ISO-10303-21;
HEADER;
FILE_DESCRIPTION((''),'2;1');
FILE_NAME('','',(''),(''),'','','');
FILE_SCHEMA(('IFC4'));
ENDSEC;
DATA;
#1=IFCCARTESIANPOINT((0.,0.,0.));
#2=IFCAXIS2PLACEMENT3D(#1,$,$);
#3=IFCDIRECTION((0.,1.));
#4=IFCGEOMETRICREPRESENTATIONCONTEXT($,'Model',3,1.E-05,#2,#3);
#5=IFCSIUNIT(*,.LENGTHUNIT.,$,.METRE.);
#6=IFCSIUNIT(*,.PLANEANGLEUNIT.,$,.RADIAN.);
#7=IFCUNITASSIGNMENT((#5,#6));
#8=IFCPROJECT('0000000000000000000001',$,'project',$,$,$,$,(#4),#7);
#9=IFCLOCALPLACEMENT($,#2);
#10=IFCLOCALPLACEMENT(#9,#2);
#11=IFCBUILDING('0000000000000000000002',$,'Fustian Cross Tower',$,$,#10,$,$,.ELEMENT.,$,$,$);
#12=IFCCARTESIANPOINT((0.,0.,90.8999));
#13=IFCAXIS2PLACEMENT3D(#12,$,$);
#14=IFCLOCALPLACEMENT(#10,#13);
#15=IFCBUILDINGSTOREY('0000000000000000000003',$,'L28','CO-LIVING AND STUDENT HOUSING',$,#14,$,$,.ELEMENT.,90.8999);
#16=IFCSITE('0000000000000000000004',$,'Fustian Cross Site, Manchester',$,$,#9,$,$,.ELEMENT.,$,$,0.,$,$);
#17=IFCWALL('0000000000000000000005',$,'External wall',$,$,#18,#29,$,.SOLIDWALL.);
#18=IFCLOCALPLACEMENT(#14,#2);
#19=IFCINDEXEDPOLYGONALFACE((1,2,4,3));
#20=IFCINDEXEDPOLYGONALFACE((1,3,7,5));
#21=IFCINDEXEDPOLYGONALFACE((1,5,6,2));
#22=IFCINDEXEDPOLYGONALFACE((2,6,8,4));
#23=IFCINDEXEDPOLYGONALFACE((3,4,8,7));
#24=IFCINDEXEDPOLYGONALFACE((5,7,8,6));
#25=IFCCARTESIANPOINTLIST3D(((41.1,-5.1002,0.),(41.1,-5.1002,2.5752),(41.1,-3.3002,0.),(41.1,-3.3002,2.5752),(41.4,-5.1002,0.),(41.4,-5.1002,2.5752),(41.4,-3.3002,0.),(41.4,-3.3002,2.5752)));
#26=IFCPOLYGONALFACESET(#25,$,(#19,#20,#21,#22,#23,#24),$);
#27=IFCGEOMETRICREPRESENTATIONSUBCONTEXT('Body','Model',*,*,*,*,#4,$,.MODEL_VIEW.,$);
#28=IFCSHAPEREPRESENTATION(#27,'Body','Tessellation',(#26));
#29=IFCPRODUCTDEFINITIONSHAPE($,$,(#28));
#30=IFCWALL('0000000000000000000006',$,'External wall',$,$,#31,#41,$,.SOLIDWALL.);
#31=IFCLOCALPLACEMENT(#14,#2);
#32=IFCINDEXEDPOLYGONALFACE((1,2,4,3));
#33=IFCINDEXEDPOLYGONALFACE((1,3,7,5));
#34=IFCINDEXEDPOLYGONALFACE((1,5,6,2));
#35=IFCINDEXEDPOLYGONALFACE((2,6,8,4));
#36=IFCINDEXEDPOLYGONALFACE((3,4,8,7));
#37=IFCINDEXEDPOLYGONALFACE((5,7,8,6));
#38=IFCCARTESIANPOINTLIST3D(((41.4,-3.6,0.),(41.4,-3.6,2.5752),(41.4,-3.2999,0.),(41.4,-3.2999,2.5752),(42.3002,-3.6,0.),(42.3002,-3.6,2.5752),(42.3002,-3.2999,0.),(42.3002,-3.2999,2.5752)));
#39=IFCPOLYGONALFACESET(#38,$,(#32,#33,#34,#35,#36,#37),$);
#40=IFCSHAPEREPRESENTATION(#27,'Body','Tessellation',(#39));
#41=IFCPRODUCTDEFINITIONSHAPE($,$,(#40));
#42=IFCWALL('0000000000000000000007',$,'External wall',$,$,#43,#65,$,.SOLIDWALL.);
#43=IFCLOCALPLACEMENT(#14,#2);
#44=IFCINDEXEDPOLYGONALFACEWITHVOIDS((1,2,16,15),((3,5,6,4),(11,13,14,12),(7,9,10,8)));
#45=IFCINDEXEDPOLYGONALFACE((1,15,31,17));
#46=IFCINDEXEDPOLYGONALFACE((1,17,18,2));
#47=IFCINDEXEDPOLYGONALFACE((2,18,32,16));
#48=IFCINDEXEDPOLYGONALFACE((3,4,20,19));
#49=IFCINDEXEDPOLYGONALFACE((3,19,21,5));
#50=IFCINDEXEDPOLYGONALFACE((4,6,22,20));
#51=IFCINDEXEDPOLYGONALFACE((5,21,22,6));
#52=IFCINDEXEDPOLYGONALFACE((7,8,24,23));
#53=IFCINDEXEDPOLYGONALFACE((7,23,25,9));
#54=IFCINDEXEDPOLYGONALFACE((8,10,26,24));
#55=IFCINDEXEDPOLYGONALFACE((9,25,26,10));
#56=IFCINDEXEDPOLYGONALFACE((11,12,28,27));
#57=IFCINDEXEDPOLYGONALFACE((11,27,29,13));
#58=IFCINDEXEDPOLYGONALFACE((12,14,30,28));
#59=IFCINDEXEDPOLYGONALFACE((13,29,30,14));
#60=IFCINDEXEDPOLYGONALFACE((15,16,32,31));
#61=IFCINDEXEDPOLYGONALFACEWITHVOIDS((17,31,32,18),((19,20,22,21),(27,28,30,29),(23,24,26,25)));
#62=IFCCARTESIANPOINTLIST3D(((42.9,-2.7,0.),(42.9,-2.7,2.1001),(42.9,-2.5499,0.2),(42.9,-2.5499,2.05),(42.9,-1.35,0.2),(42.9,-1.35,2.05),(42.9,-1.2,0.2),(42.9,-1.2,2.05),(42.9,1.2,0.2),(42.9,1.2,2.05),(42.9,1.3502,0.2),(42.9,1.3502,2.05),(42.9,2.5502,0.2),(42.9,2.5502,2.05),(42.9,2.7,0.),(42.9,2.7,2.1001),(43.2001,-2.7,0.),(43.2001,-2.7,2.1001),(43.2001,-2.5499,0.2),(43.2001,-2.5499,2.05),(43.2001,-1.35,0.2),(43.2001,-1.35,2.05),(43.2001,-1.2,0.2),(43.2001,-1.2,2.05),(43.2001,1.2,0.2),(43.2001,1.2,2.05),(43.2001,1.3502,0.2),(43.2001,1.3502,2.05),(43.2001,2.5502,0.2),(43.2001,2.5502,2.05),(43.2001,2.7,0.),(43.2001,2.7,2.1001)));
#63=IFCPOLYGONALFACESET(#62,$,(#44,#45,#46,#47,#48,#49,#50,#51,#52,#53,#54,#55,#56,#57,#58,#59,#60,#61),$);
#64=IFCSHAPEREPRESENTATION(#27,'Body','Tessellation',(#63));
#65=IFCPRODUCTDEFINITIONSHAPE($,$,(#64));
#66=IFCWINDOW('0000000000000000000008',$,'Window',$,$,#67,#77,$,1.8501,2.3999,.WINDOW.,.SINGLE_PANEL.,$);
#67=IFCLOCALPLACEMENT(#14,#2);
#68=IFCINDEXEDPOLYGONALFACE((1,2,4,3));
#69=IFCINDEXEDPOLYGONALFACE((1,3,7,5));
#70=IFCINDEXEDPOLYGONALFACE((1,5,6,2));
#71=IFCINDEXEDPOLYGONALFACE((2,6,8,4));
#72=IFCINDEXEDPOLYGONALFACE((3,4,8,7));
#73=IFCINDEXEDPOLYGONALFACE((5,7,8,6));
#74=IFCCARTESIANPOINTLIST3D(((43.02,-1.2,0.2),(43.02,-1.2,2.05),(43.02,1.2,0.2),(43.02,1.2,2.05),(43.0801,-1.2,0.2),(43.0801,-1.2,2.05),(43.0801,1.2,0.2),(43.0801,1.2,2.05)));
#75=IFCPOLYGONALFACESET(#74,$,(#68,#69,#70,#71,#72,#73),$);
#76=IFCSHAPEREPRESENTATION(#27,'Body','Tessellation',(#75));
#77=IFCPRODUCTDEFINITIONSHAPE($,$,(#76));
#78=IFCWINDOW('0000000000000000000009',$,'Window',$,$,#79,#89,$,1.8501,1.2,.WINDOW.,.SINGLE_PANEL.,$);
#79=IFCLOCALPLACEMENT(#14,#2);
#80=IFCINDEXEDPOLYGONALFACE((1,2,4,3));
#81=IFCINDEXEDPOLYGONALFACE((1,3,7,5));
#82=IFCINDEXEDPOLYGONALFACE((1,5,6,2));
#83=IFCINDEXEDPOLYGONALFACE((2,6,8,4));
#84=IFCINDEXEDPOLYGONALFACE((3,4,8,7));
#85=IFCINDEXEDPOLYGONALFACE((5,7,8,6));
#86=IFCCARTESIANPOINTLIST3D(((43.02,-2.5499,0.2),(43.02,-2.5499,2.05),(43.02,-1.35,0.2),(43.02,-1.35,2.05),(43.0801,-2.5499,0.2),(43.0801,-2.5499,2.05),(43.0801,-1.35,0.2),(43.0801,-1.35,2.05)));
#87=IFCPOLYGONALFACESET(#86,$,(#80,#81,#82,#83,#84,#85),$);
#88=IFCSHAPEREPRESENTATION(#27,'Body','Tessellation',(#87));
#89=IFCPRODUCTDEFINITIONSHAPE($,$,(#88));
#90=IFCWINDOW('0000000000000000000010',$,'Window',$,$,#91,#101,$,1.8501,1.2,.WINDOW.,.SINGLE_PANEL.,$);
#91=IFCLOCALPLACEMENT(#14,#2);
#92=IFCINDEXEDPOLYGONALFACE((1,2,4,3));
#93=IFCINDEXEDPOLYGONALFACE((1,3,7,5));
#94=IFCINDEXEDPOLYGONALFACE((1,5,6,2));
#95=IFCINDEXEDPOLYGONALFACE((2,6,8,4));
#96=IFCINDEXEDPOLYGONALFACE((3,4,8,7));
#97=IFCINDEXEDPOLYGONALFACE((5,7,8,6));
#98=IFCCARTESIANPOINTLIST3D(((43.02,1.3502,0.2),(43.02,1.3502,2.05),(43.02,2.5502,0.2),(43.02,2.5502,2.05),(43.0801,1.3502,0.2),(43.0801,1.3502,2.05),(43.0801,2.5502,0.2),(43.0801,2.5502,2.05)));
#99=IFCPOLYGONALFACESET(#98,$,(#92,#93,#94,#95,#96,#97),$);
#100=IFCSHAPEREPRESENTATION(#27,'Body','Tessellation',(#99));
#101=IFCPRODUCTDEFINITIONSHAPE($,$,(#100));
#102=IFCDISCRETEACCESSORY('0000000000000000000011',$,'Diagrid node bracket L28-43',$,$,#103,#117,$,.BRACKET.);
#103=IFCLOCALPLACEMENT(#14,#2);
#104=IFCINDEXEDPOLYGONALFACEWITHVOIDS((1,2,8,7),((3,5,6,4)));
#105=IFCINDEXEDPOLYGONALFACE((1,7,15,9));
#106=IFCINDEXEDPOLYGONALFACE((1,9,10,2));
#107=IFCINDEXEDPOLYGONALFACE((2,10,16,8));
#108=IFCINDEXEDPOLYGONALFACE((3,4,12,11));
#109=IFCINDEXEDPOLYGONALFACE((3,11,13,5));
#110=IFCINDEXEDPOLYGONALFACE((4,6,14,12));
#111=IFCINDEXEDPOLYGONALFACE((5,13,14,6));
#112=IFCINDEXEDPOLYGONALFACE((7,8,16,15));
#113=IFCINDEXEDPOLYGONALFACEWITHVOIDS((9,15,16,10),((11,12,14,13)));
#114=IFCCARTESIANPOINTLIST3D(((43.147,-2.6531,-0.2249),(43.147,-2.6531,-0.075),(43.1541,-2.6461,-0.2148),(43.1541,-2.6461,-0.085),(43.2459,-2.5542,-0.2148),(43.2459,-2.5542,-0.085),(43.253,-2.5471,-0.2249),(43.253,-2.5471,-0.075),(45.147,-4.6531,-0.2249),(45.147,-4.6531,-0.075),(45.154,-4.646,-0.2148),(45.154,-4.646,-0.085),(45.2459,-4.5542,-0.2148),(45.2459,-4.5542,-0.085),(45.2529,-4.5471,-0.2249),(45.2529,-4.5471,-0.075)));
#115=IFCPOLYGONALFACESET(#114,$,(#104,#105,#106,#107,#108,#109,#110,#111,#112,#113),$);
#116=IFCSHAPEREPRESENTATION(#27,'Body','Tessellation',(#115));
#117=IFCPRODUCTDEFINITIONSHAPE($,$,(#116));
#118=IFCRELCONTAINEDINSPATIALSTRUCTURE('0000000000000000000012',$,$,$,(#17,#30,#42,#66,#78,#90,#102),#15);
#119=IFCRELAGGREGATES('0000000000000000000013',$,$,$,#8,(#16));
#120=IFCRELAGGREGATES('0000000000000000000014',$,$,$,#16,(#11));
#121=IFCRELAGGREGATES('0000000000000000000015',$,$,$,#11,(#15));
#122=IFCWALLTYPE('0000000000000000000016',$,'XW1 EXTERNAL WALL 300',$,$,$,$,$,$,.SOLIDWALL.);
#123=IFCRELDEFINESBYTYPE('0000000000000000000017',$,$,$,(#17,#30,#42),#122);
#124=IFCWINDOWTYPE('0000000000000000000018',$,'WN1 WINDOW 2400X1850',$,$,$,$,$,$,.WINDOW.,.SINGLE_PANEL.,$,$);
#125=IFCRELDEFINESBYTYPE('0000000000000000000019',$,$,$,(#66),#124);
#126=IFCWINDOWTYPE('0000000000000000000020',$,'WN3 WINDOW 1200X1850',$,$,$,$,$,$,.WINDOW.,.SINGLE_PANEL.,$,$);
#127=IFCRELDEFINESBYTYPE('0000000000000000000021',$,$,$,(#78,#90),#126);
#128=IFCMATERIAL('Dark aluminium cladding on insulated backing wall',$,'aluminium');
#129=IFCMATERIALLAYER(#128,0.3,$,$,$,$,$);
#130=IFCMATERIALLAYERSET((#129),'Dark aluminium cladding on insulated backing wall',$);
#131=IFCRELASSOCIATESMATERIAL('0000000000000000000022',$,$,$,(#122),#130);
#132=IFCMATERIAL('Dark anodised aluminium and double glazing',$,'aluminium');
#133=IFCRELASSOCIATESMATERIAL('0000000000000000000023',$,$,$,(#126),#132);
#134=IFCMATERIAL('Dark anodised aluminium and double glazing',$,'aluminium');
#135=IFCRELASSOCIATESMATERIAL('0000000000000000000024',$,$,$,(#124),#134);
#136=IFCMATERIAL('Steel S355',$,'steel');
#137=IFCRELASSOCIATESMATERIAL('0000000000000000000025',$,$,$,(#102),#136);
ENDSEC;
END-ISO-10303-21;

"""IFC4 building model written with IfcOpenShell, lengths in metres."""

from ifc_helpers import new_model, si_unit, direction, frame, frame_2d, origin, origin_2d, place, context, subcontext, project, spatial, rectangle, hollow_rectangle, extrude, material, layer, layer_set, type_object, element, fill, save


model = new_model("IFC4")

# Units and contexts
model_context = context("Model", 3, precision=1e-05, world=origin(), true_north=direction((0.0, 1.0)))
body_context = subcontext(model_context, "Body", "Model", "MODEL_VIEW")
ifc_project = project(units=[si_unit("LENGTHUNIT", "METRE"), si_unit("PLANEANGLEUNIT", "RADIAN")], contexts=[model_context])

# Site, building, storey
site_placement = place(None, origin())
site = spatial("IfcSite", under=ifc_project, at=site_placement, Name="Fustian Cross Site, Manchester", CompositionType="ELEMENT", RefElevation=0.0)
building_placement = place(site_placement, origin())
building = spatial("IfcBuilding", under=site, at=building_placement, Name="Fustian Cross Tower", CompositionType="ELEMENT")
storey_placement = place(building_placement, frame((0.0, 0.0, 90.8999)))
storey = spatial("IfcBuildingStorey", under=building, at=storey_placement, Name="L28", Description="CO-LIVING AND STUDENT HOUSING", CompositionType="ELEMENT", Elevation=90.8999)

# Shared definitions
ifc_material_1 = material(Name="Dark aluminium cladding on insulated backing wall", Category="aluminium")
ifc_layer_1 = layer(ifc_material_1, 0.3)
ifc_layer_set_1 = layer_set([ifc_layer_1], Name="Dark aluminium cladding on insulated backing wall")
wall_type_1 = type_object("IfcWallType", Name="XW1 EXTERNAL WALL 300", PredefinedType="SOLIDWALL", material=ifc_layer_set_1)
ifc_material_2 = material(Name="Dark anodised aluminium and double glazing", Category="aluminium")
window_type_1 = type_object("IfcWindowType", Name="WN3 WINDOW 1200X1850", PartitioningType="SINGLE_PANEL", PredefinedType="WINDOW", material=ifc_material_2)

# Walls
wall_1_placement = place(storey_placement, frame((41.25, -5.1001, 0.0), z_axis=(0.0, 0.0, 1.0), x_axis=(0.0, 1.0, 0.0)))
element("IfcWall", 1, at=wall_1_placement, inside=storey, type_object=wall_type_1, Name="External wall", PredefinedType="SOLIDWALL", context=body_context, shape_type="SweptSolid", body=[
    extrude(rectangle(XDim=1.8, YDim=0.3, at=frame_2d((0.8999, 0.0))), origin(), (0.0, 0.0, 1.0), 2.5752),
])
wall_2_placement = place(storey_placement, frame((41.3999, -3.45, 0.0), z_axis=(0.0, 0.0, 1.0), x_axis=(1.0, 0.0, 0.0)))
element("IfcWall", 2, at=wall_2_placement, inside=storey, type_object=wall_type_1, Name="External wall", PredefinedType="SOLIDWALL", context=body_context, shape_type="SweptSolid", body=[
    extrude(rectangle(XDim=0.9001, YDim=0.3, at=frame_2d((0.4502, 0.0))), origin(), (0.0, 0.0, 1.0), 2.5752),
])

# Wall, openings, windows
wall_3_placement = place(storey_placement, frame((43.05, -2.7, 0.0), z_axis=(0.0, 0.0, 1.0), x_axis=(0.0, 1.0, 0.0)))
wall_3 = element("IfcWall", 3, at=wall_3_placement, inside=storey, type_object=wall_type_1, Name="External wall", PredefinedType="SOLIDWALL", context=body_context, shape_type="SweptSolid", body=[
    extrude(rectangle(XDim=5.3999, YDim=0.3, at=frame_2d((2.7, 0.0))), origin(), (0.0, 0.0, 1.0), 2.1001),
])
opening_1_placement = place(wall_3_placement, frame((1.5, 0.0, 0.2)))
opening_1 = element("IfcOpeningElement", 4, at=opening_1_placement, cuts=wall_3, PredefinedType="OPENING", context=body_context, shape_type="SweptSolid", body=[
    extrude(rectangle(XDim=2.3999, YDim=1.8501, at=frame_2d((1.2, 0.925))), frame((0.0, 0.1599, 0.0), z_axis=(0.0, -1.0, 0.0), x_axis=(1.0, 0.0, 0.0)), (0.0, 0.0, 1.0), 0.3201),
])
opening_2_placement = place(wall_3_placement, frame((0.1499, 0.0, 0.2)))
opening_2 = element("IfcOpeningElement", 5, at=opening_2_placement, cuts=wall_3, PredefinedType="OPENING", context=body_context, shape_type="SweptSolid", body=[
    extrude(rectangle(XDim=1.2, YDim=1.8501, at=frame_2d((0.6001, 0.925))), frame((0.0, 0.1599, 0.0), z_axis=(0.0, -1.0, 0.0), x_axis=(1.0, 0.0, 0.0)), (0.0, 0.0, 1.0), 0.3201),
])
opening_3_placement = place(wall_3_placement, frame((4.05, 0.0, 0.2)))
opening_3 = element("IfcOpeningElement", 6, at=opening_3_placement, cuts=wall_3, PredefinedType="OPENING", context=body_context, shape_type="SweptSolid", body=[
    extrude(rectangle(XDim=1.2, YDim=1.8501, at=frame_2d((0.6001, 0.925))), frame((0.0, 0.1599, 0.0), z_axis=(0.0, -1.0, 0.0), x_axis=(1.0, 0.0, 0.0)), (0.0, 0.0, 1.0), 0.3201),
])
ifc_material_3 = material(Name="Dark anodised aluminium and double glazing", Category="aluminium")
window_type_2 = type_object("IfcWindowType", Name="WN1 WINDOW 2400X1850", PartitioningType="SINGLE_PANEL", PredefinedType="WINDOW", material=ifc_material_3)
window_1_placement = place(opening_1_placement, origin())
window_1 = element("IfcWindow", 7, at=window_1_placement, inside=storey, type_object=window_type_2, Name="Window", OverallHeight=1.8501, OverallWidth=2.3999, PartitioningType="SINGLE_PANEL", PredefinedType="WINDOW", context=body_context, shape_type="SweptSolid", body=[
    extrude(rectangle(XDim=2.3999, YDim=1.8501, at=frame_2d((1.2, 0.925))), frame((0.0, 0.03, 0.0), z_axis=(0.0, -1.0, 0.0), x_axis=(1.0, 0.0, 0.0)), (0.0, 0.0, 1.0), 0.0601),
])
fill(opening_1, window_1)
window_2_placement = place(opening_2_placement, origin())
window_2 = element("IfcWindow", 8, at=window_2_placement, inside=storey, type_object=window_type_1, Name="Window", OverallHeight=1.8501, OverallWidth=1.2, PartitioningType="SINGLE_PANEL", PredefinedType="WINDOW", context=body_context, shape_type="SweptSolid", body=[
    extrude(rectangle(XDim=1.2, YDim=1.8501, at=frame_2d((0.6001, 0.925))), frame((0.0, 0.03, 0.0), z_axis=(0.0, -1.0, 0.0), x_axis=(1.0, 0.0, 0.0)), (0.0, 0.0, 1.0), 0.0601),
])
fill(opening_2, window_2)
window_3_placement = place(opening_3_placement, origin())
window_3 = element("IfcWindow", 9, at=window_3_placement, inside=storey, type_object=window_type_1, Name="Window", OverallHeight=1.8501, OverallWidth=1.2, PartitioningType="SINGLE_PANEL", PredefinedType="WINDOW", context=body_context, shape_type="SweptSolid", body=[
    extrude(rectangle(XDim=1.2, YDim=1.8501, at=frame_2d((0.6001, 0.925))), frame((0.0, 0.03, 0.0), z_axis=(0.0, -1.0, 0.0), x_axis=(1.0, 0.0, 0.0)), (0.0, 0.0, 1.0), 0.0601),
])
fill(opening_3, window_3)

# Discrete accessory
ifc_material_4 = material(Name="Steel S355", Category="steel")
discrete_accessory_placement = place(storey_placement, frame((45.2, -4.6001, -0.1499), z_axis=(-0.707107, 0.707107, 0.0), x_axis=(-0.707107, -0.707107, 0.0)))
element("IfcDiscreteAccessory", 10, at=discrete_accessory_placement, inside=storey, material=ifc_material_4, Name="Diagrid node bracket L28-43", PredefinedType="BRACKET", context=body_context, shape_type="SweptSolid", body=[
    extrude(hollow_rectangle(XDim=0.1499, YDim=0.1499, WallThickness=0.01, at=origin_2d()), origin(), (0.0, 0.0, 1.0), 2.8284),
])

save(model, "model.ifc")
